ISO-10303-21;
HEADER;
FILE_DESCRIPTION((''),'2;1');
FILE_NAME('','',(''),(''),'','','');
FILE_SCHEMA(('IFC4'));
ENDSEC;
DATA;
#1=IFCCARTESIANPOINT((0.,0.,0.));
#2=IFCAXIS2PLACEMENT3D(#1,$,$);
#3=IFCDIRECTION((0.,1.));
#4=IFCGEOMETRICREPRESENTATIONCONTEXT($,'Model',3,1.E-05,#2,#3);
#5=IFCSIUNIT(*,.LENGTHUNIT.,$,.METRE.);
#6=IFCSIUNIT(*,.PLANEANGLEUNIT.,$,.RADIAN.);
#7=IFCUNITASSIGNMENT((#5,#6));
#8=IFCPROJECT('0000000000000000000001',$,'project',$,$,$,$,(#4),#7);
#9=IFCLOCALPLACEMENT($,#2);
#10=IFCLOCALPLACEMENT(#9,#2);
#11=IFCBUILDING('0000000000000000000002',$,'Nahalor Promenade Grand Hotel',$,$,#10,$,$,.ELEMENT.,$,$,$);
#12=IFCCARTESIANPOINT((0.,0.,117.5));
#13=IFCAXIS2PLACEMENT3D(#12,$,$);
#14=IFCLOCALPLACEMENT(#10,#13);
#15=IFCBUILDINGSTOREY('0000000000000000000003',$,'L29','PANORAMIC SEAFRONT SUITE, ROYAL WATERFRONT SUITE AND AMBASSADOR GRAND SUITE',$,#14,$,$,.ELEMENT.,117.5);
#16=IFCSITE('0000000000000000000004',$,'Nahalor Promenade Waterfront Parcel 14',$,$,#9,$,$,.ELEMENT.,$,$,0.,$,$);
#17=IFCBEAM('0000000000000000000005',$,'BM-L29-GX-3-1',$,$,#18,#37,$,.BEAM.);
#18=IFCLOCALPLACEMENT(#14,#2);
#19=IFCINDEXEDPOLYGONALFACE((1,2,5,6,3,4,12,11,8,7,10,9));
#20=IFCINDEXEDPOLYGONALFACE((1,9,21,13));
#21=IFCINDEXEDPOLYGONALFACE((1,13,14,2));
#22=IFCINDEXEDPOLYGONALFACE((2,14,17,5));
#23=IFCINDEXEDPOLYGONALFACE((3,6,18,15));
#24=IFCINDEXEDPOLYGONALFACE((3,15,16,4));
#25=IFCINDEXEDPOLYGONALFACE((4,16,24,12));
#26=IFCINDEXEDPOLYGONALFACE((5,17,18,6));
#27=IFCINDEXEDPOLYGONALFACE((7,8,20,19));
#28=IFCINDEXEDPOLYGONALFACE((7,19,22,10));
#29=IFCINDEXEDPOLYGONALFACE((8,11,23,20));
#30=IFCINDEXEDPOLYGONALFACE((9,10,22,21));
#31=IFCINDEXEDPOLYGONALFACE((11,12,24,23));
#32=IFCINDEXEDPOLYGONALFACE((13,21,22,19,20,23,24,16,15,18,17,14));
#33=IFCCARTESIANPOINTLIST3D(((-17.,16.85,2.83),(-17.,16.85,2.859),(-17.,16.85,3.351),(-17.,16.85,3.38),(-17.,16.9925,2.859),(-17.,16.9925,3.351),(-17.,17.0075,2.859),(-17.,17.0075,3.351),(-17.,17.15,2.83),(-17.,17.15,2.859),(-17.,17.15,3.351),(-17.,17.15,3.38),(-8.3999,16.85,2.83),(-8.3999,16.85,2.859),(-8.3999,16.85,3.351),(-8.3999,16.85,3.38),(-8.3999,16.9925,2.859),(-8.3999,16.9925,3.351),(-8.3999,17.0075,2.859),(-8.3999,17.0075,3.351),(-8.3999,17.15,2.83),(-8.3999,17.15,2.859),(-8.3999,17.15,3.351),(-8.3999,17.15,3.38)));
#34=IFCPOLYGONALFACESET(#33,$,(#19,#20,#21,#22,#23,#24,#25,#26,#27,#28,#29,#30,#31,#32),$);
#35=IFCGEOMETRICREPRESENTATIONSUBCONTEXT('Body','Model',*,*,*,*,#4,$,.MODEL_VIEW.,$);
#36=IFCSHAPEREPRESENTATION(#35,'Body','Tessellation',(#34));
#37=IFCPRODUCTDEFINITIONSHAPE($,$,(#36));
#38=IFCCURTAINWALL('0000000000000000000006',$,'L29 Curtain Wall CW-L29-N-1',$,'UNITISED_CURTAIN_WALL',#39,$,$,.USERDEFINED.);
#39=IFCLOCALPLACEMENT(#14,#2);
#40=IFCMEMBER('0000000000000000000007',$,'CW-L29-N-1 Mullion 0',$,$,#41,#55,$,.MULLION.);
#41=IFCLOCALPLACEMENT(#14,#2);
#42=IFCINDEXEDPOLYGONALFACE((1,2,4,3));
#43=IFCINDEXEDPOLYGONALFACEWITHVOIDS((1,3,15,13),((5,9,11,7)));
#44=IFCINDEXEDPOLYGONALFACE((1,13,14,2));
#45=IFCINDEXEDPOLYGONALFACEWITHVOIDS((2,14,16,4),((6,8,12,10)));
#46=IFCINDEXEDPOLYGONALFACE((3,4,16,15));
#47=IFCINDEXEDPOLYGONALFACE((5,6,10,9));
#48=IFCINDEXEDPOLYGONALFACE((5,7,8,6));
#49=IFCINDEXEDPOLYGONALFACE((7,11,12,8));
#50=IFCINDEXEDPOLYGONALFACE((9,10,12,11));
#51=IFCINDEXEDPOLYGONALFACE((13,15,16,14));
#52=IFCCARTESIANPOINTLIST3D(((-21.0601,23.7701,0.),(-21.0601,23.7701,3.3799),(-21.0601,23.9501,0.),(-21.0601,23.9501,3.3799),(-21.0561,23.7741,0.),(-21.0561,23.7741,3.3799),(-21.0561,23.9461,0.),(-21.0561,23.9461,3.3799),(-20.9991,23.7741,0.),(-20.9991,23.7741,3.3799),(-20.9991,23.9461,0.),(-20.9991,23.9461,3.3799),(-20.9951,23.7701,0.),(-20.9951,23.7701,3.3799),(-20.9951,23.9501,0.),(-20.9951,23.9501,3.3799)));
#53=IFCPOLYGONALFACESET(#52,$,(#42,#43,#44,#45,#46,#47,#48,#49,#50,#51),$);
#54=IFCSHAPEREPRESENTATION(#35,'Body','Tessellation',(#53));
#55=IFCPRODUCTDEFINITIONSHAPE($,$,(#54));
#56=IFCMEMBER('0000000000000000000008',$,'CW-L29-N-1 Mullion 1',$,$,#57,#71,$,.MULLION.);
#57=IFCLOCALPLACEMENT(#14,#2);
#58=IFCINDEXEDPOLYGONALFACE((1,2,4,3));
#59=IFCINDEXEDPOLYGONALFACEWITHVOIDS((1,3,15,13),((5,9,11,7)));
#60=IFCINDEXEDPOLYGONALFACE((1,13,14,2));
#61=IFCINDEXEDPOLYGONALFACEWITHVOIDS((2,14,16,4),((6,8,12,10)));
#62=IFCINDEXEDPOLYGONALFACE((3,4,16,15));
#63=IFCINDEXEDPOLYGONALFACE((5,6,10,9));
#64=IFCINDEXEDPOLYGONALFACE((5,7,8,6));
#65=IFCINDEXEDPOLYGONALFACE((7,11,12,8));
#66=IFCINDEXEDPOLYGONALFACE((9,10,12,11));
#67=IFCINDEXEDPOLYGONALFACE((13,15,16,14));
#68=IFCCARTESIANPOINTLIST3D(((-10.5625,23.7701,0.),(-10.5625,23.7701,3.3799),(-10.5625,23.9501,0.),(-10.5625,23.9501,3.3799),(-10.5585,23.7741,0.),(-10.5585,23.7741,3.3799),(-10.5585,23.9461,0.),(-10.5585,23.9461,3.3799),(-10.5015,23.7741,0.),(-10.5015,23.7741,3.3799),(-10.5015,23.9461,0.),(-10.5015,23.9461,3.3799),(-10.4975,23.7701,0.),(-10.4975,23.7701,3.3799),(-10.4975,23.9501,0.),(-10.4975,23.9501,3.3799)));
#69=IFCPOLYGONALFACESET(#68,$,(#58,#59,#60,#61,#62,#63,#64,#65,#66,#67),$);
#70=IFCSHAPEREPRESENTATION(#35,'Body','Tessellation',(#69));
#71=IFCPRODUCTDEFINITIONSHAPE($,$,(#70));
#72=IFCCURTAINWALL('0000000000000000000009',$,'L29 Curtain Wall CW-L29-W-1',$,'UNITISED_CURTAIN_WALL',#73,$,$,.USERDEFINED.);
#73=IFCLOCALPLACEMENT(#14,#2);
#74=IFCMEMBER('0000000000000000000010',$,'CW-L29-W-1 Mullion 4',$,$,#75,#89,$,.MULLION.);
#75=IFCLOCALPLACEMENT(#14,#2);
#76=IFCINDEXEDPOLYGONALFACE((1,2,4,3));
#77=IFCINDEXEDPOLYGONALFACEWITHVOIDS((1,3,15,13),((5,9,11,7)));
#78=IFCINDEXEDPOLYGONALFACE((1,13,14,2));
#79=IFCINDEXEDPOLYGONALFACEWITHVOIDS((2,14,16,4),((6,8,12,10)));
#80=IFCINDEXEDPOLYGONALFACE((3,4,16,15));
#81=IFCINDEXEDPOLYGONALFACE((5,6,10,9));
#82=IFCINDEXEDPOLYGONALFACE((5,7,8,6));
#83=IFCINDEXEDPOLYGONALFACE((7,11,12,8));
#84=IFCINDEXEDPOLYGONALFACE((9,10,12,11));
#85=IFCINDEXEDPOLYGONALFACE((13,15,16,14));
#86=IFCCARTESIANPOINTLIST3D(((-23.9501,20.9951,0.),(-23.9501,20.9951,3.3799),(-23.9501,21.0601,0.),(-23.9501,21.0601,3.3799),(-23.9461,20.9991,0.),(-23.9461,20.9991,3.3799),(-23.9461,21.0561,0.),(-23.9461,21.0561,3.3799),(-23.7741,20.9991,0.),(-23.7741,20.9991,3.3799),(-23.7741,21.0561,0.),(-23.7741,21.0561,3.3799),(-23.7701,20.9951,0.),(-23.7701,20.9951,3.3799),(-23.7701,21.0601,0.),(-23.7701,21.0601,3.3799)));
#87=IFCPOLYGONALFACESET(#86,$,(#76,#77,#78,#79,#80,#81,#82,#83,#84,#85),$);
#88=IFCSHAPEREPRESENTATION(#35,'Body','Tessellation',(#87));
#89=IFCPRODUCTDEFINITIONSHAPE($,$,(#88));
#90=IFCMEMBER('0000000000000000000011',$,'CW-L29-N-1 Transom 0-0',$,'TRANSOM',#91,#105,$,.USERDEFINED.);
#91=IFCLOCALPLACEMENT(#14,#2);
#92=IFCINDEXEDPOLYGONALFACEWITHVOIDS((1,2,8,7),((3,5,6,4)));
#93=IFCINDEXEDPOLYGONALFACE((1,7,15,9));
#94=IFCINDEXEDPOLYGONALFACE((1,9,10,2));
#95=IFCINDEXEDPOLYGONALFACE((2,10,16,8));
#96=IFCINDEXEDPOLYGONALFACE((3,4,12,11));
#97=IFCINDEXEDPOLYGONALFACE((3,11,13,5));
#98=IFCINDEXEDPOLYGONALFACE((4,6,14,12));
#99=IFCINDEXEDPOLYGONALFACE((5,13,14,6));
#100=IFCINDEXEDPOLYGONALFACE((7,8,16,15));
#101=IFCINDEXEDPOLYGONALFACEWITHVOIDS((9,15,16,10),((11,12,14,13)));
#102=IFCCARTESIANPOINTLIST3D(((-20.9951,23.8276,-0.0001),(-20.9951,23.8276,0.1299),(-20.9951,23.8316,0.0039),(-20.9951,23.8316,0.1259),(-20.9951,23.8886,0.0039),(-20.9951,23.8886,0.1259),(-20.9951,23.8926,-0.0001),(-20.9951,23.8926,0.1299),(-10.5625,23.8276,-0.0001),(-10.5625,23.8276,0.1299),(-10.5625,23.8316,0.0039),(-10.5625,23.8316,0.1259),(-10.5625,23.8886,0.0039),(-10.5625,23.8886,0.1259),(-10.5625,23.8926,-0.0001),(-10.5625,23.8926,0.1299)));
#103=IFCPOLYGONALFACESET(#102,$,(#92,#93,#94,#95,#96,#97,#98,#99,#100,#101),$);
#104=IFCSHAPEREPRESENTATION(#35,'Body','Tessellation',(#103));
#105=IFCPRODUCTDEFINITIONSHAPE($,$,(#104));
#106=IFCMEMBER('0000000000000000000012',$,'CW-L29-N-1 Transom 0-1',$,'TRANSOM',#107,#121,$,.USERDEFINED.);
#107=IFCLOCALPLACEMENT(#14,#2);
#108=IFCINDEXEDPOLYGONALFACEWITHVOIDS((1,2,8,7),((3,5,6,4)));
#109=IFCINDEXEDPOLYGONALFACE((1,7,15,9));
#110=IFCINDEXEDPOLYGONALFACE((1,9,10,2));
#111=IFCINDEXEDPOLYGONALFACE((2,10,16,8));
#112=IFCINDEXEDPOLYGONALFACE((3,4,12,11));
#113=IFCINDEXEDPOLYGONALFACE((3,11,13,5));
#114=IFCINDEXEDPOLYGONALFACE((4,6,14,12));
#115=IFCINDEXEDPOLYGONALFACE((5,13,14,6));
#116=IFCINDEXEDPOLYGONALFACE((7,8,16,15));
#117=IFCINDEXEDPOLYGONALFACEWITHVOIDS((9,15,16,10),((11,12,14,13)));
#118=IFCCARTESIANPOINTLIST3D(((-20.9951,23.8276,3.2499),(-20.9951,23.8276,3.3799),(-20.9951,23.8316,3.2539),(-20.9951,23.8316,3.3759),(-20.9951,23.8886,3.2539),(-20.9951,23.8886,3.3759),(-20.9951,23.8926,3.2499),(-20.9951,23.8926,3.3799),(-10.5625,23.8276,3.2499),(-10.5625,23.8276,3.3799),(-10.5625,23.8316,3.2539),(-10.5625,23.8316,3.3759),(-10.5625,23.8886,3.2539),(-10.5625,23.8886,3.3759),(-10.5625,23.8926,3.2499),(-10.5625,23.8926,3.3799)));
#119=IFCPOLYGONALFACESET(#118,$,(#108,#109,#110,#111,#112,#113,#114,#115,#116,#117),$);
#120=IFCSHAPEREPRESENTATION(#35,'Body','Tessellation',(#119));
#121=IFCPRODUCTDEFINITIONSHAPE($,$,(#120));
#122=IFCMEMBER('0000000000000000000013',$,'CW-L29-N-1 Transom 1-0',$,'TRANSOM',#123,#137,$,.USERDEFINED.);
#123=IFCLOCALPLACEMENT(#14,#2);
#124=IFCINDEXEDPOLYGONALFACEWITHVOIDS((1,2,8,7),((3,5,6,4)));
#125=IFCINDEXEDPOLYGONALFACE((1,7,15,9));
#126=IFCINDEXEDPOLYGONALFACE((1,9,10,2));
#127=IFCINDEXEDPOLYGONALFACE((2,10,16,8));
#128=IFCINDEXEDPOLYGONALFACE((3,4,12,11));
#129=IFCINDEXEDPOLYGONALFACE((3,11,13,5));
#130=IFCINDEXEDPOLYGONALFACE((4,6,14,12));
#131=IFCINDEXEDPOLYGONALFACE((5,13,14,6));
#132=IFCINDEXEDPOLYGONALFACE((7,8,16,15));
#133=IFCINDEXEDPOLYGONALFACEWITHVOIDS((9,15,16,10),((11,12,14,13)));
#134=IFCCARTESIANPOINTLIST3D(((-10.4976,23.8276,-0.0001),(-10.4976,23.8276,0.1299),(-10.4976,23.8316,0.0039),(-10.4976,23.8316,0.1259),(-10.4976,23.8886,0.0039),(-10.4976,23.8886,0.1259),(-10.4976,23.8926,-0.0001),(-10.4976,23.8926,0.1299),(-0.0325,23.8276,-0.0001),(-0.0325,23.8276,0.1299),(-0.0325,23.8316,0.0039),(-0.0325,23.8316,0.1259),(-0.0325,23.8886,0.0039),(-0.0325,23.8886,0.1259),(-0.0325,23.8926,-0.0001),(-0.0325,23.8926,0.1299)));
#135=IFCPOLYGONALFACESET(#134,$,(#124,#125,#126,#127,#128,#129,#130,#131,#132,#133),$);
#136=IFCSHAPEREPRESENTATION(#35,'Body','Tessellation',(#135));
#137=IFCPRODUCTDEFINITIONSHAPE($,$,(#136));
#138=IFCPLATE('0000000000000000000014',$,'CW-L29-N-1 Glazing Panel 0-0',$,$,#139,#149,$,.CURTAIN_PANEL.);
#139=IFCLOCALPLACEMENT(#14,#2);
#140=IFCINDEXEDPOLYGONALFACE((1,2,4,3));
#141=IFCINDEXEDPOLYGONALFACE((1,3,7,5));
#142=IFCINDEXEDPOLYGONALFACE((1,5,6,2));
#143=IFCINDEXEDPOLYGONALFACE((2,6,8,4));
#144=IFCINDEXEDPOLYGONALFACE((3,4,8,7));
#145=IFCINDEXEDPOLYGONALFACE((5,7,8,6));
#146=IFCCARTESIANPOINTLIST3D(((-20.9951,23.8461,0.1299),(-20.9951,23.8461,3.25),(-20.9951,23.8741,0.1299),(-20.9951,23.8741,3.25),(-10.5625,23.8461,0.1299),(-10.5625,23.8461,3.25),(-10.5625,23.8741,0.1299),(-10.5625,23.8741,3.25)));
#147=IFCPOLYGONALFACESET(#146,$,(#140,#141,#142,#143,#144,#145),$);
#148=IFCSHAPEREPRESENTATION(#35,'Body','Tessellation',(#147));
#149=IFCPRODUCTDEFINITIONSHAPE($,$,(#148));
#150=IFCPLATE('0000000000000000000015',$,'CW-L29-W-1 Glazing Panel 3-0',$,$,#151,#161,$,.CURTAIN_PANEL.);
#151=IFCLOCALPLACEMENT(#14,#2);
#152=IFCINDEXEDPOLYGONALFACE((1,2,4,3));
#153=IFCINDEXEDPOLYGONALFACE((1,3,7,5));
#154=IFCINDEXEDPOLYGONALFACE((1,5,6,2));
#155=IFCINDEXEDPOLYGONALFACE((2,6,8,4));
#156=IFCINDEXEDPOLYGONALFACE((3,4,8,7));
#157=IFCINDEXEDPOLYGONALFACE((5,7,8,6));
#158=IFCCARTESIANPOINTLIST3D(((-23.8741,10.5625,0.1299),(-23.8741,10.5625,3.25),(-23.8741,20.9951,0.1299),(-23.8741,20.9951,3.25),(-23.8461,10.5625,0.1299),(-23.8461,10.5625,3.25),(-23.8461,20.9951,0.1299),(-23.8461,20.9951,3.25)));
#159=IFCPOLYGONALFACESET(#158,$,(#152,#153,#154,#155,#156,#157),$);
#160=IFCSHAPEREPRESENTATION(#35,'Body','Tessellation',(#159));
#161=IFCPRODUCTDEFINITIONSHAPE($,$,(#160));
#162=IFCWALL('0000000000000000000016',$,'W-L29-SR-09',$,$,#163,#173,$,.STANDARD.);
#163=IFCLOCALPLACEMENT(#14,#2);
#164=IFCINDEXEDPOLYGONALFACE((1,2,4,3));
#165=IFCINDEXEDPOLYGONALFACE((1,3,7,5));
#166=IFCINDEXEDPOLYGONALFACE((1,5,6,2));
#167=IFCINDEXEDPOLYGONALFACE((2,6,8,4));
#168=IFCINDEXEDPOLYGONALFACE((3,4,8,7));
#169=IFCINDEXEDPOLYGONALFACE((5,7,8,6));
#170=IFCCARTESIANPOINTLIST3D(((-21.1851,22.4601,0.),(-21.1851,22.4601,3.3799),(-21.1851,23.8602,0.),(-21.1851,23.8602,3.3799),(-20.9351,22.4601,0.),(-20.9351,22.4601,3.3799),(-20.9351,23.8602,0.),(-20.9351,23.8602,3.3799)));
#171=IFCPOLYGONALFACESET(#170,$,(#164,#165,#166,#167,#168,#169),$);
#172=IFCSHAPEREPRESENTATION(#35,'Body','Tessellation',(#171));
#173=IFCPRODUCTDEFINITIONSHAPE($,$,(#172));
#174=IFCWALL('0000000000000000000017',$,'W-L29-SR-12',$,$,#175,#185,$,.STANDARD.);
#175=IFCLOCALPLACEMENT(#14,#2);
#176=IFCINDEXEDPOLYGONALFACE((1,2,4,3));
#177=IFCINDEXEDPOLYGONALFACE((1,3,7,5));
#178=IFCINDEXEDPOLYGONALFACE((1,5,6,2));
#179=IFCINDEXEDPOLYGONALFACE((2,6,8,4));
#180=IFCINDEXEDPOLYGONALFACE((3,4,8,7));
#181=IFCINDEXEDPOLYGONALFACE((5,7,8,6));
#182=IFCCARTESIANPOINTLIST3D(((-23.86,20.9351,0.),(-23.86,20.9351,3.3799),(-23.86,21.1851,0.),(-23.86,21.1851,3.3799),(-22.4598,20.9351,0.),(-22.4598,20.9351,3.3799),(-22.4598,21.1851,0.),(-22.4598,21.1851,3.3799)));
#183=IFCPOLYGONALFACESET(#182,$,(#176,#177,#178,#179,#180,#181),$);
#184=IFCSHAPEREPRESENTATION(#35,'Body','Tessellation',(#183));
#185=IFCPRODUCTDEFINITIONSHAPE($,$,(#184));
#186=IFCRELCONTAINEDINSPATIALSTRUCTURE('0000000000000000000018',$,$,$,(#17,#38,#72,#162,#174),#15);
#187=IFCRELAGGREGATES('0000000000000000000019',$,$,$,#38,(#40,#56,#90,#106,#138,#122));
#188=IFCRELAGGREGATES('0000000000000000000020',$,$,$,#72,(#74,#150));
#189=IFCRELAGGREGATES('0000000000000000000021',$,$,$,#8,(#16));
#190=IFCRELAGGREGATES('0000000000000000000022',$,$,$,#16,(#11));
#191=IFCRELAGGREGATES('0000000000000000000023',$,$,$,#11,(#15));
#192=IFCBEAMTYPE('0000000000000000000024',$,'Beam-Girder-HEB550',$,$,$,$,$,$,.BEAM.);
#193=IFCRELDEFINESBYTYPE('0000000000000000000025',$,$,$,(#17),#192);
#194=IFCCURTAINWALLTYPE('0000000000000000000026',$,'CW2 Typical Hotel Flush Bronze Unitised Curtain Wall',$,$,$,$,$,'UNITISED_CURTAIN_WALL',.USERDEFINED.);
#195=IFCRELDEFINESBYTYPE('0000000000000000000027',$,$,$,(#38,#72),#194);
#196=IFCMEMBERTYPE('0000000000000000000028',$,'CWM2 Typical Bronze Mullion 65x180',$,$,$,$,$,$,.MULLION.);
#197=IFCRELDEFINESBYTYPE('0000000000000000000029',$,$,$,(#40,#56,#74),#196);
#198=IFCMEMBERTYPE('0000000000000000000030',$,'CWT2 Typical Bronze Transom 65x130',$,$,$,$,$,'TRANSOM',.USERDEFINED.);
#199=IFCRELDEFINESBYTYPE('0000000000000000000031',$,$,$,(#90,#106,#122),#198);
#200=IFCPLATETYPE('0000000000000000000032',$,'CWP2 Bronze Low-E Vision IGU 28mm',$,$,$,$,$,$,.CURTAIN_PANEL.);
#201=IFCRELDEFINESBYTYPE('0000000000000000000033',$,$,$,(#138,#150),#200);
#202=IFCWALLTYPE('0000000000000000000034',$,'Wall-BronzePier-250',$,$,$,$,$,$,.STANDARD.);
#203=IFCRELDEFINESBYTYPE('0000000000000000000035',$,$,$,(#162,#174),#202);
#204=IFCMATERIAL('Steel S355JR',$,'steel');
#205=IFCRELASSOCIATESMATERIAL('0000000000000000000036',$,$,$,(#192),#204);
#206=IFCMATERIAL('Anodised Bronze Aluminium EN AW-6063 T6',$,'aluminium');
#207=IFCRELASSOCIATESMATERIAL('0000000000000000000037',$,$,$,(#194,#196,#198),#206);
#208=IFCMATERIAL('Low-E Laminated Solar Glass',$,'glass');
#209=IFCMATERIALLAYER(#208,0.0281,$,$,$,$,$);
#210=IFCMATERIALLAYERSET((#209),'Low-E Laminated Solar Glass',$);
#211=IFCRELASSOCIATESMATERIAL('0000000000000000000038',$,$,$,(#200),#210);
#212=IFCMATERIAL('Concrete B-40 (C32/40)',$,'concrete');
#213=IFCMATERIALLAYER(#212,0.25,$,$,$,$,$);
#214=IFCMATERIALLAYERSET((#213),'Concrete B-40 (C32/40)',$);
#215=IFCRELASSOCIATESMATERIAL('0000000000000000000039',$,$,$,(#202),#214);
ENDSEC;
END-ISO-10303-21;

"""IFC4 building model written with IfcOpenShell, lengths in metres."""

from ifc_helpers import new_model, si_unit, direction, frame, frame_2d, origin, origin_2d, place, context, subcontext, project, spatial, rectangle, hollow_rectangle, i_section, extrude, source, transform, mapped, material, layer, layer_set, material_profile, profile_set, type_object, element, aggregate, save


model = new_model("IFC4")

# Units and contexts
model_context = context("Model", 3, precision=1e-05, world=origin(), true_north=direction((0.0, 1.0)))
body_context = subcontext(model_context, "Body", "Model", "MODEL_VIEW")
ifc_project = project(units=[si_unit("LENGTHUNIT", "METRE"), si_unit("PLANEANGLEUNIT", "RADIAN")], contexts=[model_context])

# Site, building, storey
site_placement = place(None, origin())
site = spatial("IfcSite", under=ifc_project, at=site_placement, Name="Nahalor Promenade Waterfront Parcel 14", CompositionType="ELEMENT", RefElevation=0.0)
building_placement = place(site_placement, origin())
building = spatial("IfcBuilding", under=site, at=building_placement, Name="Nahalor Promenade Grand Hotel", CompositionType="ELEMENT")
storey_placement = place(building_placement, frame((0.0, 0.0, 117.5)))
storey = spatial("IfcBuildingStorey", under=building, at=storey_placement, Name="L29", Description="PANORAMIC SEAFRONT SUITE, ROYAL WATERFRONT SUITE AND AMBASSADOR GRAND SUITE", CompositionType="ELEMENT", Elevation=117.5)

# Beam
ifc_material_1 = material(Name="Steel S355JR", Category="steel")
ifc_material_profile_1 = material_profile(ifc_material_1, i_section(OverallWidth=0.3, OverallDepth=0.55, WebThickness=0.015, FlangeThickness=0.029, at=origin_2d()), Name="HEB 550")
ifc_profile_set_1 = profile_set([ifc_material_profile_1], Name="Steel S355JR")
beam_type_1 = type_object("IfcBeamType", Name="Beam-Girder-HEB550", PredefinedType="BEAM", material=ifc_profile_set_1)
shared_shape_1 = source(origin(), body_context, "Body", "SweptSolid", [
    extrude(i_section(OverallWidth=0.3, OverallDepth=0.55, WebThickness=0.015, FlangeThickness=0.029, at=origin_2d()), origin(), (0.0, 0.0, 1.0), 8.6001),
])
beam_1_placement = place(storey_placement, frame((-17.0, 17.0, 3.105), z_axis=(1.0, 0.0, 0.0), x_axis=(0.0, 1.0, 0.0)))
element("IfcBeam", 1, at=beam_1_placement, inside=storey, type_object=beam_type_1, Name="BM-L29-GX-3-1", PredefinedType="BEAM", context=body_context, shape_type="MappedRepresentation", body=[
    mapped(shared_shape_1, transform((0.0, 0.0, 0.0), scale=1.0)),
])

# Curtain wall, members
ifc_material_2 = material(Name="Anodised Bronze Aluminium EN AW-6063 T6", Category="aluminium")
curtain_wall_type = type_object("IfcCurtainWallType", Name="CW2 Typical Hotel Flush Bronze Unitised Curtain Wall", ElementType="UNITISED_CURTAIN_WALL", PredefinedType="USERDEFINED", material=ifc_material_2)
curtain_wall_1_placement = place(storey_placement, origin())
curtain_wall_1 = element("IfcCurtainWall", 2, at=curtain_wall_1_placement, inside=storey, type_object=curtain_wall_type, Name="L29 Curtain Wall CW-L29-N-1", ObjectType="UNITISED_CURTAIN_WALL", PredefinedType="USERDEFINED")
ifc_material_profile_2 = material_profile(ifc_material_2, hollow_rectangle(XDim=0.065, YDim=0.18, WallThickness=0.004, at=origin_2d()), Name="CWM 65x180x4")
ifc_profile_set_2 = profile_set([ifc_material_profile_2], Name="Anodised Bronze Aluminium EN AW-6063 T6")
member_type_1 = type_object("IfcMemberType", Name="CWM2 Typical Bronze Mullion 65x180", PredefinedType="MULLION", material=ifc_profile_set_2)
shared_shape_2 = source(origin(), body_context, "Body", "SweptSolid", [
    extrude(hollow_rectangle(XDim=0.065, YDim=0.18, WallThickness=0.004, at=origin_2d()), origin(), (0.0, 0.0, 1.0), 3.3799),
])
member_1_placement = place(storey_placement, frame((-21.0276, 23.8601, 0.0), z_axis=(0.0, 0.0, 1.0), x_axis=(1.0, 0.0, 0.0)))
member_1 = element("IfcMember", 3, at=member_1_placement, type_object=member_type_1, Name="CW-L29-N-1 Mullion 0", PredefinedType="MULLION", context=body_context, shape_type="MappedRepresentation", body=[
    mapped(shared_shape_2, transform((0.0, 0.0, 0.0), scale=1.0)),
])
member_2_placement = place(storey_placement, frame((-10.53, 23.8601, 0.0), z_axis=(0.0, 0.0, 1.0), x_axis=(1.0, 0.0, 0.0)))
member_2 = element("IfcMember", 4, at=member_2_placement, type_object=member_type_1, Name="CW-L29-N-1 Mullion 1", PredefinedType="MULLION", context=body_context, shape_type="MappedRepresentation", body=[
    mapped(shared_shape_2, transform((0.0, 0.0, 0.0), scale=1.0)),
])

# Curtain wall, member
curtain_wall_2_placement = place(storey_placement, origin())
curtain_wall_2 = element("IfcCurtainWall", 5, at=curtain_wall_2_placement, inside=storey, type_object=curtain_wall_type, Name="L29 Curtain Wall CW-L29-W-1", ObjectType="UNITISED_CURTAIN_WALL", PredefinedType="USERDEFINED")
member_3_placement = place(storey_placement, frame((-23.8601, 21.0276, 0.0), z_axis=(0.0, 0.0, 1.0), x_axis=(0.0, 1.0, 0.0)))
member_3 = element("IfcMember", 6, at=member_3_placement, type_object=member_type_1, Name="CW-L29-W-1 Mullion 4", PredefinedType="MULLION", context=body_context, shape_type="MappedRepresentation", body=[
    mapped(shared_shape_2, transform((0.0, 0.0, 0.0), scale=1.0)),
])

# Members
ifc_material_profile_3 = material_profile(ifc_material_2, hollow_rectangle(XDim=0.065, YDim=0.13, WallThickness=0.004, at=origin_2d()), Name="CWT 65x130x4")
ifc_profile_set_3 = profile_set([ifc_material_profile_3], Name="Anodised Bronze Aluminium EN AW-6063 T6")
member_type_2 = type_object("IfcMemberType", Name="CWT2 Typical Bronze Transom 65x130", ElementType="TRANSOM", PredefinedType="USERDEFINED", material=ifc_profile_set_3)
shared_shape_3 = source(origin(), body_context, "Body", "SweptSolid", [
    extrude(hollow_rectangle(XDim=0.065, YDim=0.13, WallThickness=0.004, at=origin_2d()), origin(), (0.0, 0.0, 1.0), 10.4326),
])
member_4_placement = place(storey_placement, frame((-20.9951, 23.8601, 0.0649), z_axis=(1.0, 0.0, 0.0), x_axis=(0.0, 1.0, 0.0)))
member_4 = element("IfcMember", 7, at=member_4_placement, type_object=member_type_2, Name="CW-L29-N-1 Transom 0-0", ObjectType="TRANSOM", PredefinedType="USERDEFINED", context=body_context, shape_type="MappedRepresentation", body=[
    mapped(shared_shape_3, transform((0.0, 0.0, 0.0), scale=1.0)),
])
member_5_placement = place(storey_placement, frame((-20.9951, 23.8601, 3.3149), z_axis=(1.0, 0.0, 0.0), x_axis=(0.0, 1.0, 0.0)))
member_5 = element("IfcMember", 8, at=member_5_placement, type_object=member_type_2, Name="CW-L29-N-1 Transom 0-1", ObjectType="TRANSOM", PredefinedType="USERDEFINED", context=body_context, shape_type="MappedRepresentation", body=[
    mapped(shared_shape_3, transform((0.0, 0.0, 0.0), scale=1.0)),
])
shared_shape_4 = source(origin(), body_context, "Body", "SweptSolid", [
    extrude(hollow_rectangle(XDim=0.065, YDim=0.13, WallThickness=0.004, at=origin_2d()), origin(), (0.0, 0.0, 1.0), 10.4651),
])
member_6_placement = place(storey_placement, frame((-10.4976, 23.8601, 0.0649), z_axis=(1.0, 0.0, 0.0), x_axis=(0.0, 1.0, 0.0)))
member_6 = element("IfcMember", 9, at=member_6_placement, type_object=member_type_2, Name="CW-L29-N-1 Transom 1-0", ObjectType="TRANSOM", PredefinedType="USERDEFINED", context=body_context, shape_type="MappedRepresentation", body=[
    mapped(shared_shape_4, transform((0.0, 0.0, 0.0), scale=1.0)),
])

# Plates
ifc_material_3 = material(Name="Low-E Laminated Solar Glass", Category="glass")
ifc_layer_1 = layer(ifc_material_3, 0.0281)
ifc_layer_set_1 = layer_set([ifc_layer_1], Name="Low-E Laminated Solar Glass")
plate_type = type_object("IfcPlateType", Name="CWP2 Bronze Low-E Vision IGU 28mm", PredefinedType="CURTAIN_PANEL", material=ifc_layer_set_1)
shared_shape_5 = source(origin(), body_context, "Body", "SweptSolid", [
    extrude(rectangle(XDim=10.4326, YDim=0.0281, at=origin_2d()), origin(), (0.0, 0.0, 1.0), 3.1201),
])
plate_1_placement = place(storey_placement, frame((-15.7788, 23.8601, 0.1299), z_axis=(0.0, 0.0, 1.0), x_axis=(1.0, 0.0, 0.0)))
plate_1 = element("IfcPlate", 10, at=plate_1_placement, type_object=plate_type, Name="CW-L29-N-1 Glazing Panel 0-0", PredefinedType="CURTAIN_PANEL", context=body_context, shape_type="MappedRepresentation", body=[
    mapped(shared_shape_5, transform((0.0, 0.0, 0.0), scale=1.0)),
])
aggregate(curtain_wall_1, [member_1, member_2, member_4, member_5, plate_1, member_6])
plate_2_placement = place(storey_placement, frame((-23.8601, 15.7788, 0.1299), z_axis=(0.0, 0.0, 1.0), x_axis=(0.0, 1.0, 0.0)))
plate_2 = element("IfcPlate", 11, at=plate_2_placement, type_object=plate_type, Name="CW-L29-W-1 Glazing Panel 3-0", PredefinedType="CURTAIN_PANEL", context=body_context, shape_type="MappedRepresentation", body=[
    mapped(shared_shape_5, transform((0.0, 0.0, 0.0), scale=1.0)),
])
aggregate(curtain_wall_2, [member_3, plate_2])

# Walls
ifc_material_4 = material(Name="Concrete B-40 (C32/40)", Category="concrete")
ifc_layer_2 = layer(ifc_material_4, 0.25)
ifc_layer_set_2 = layer_set([ifc_layer_2], Name="Concrete B-40 (C32/40)")
wall_type_1 = type_object("IfcWallType", Name="Wall-BronzePier-250", PredefinedType="STANDARD", material=ifc_layer_set_2)
shared_shape_6 = source(origin(), body_context, "Body", "SweptSolid", [
    extrude(rectangle(XDim=1.4001, YDim=0.25, at=frame_2d((0.7002, 0.0))), origin(), (0.0, 0.0, 1.0), 3.3799),
])
for number, where, z_axis, x_axis, name in (
    (12, (-21.0601, 22.46, 0.0), (0.0, 0.0, 1.0), (0.0, 1.0, 0.0), "W-L29-SR-09"),
    (13, (-23.8601, 21.0601, 0.0), (0.0, 0.0, 1.0), (1.0, 0.0, 0.0), "W-L29-SR-12"),
):
    element("IfcWall", number, at=place(storey_placement, frame(where, z_axis=z_axis, x_axis=x_axis)), inside=storey, type_object=wall_type_1, Name=name, PredefinedType="STANDARD", context=body_context, shape_type="MappedRepresentation", body=[
        mapped(shared_shape_6, transform((0.0, 0.0, 0.0), scale=1.0)),
    ])

save(model, "model.ifc")
